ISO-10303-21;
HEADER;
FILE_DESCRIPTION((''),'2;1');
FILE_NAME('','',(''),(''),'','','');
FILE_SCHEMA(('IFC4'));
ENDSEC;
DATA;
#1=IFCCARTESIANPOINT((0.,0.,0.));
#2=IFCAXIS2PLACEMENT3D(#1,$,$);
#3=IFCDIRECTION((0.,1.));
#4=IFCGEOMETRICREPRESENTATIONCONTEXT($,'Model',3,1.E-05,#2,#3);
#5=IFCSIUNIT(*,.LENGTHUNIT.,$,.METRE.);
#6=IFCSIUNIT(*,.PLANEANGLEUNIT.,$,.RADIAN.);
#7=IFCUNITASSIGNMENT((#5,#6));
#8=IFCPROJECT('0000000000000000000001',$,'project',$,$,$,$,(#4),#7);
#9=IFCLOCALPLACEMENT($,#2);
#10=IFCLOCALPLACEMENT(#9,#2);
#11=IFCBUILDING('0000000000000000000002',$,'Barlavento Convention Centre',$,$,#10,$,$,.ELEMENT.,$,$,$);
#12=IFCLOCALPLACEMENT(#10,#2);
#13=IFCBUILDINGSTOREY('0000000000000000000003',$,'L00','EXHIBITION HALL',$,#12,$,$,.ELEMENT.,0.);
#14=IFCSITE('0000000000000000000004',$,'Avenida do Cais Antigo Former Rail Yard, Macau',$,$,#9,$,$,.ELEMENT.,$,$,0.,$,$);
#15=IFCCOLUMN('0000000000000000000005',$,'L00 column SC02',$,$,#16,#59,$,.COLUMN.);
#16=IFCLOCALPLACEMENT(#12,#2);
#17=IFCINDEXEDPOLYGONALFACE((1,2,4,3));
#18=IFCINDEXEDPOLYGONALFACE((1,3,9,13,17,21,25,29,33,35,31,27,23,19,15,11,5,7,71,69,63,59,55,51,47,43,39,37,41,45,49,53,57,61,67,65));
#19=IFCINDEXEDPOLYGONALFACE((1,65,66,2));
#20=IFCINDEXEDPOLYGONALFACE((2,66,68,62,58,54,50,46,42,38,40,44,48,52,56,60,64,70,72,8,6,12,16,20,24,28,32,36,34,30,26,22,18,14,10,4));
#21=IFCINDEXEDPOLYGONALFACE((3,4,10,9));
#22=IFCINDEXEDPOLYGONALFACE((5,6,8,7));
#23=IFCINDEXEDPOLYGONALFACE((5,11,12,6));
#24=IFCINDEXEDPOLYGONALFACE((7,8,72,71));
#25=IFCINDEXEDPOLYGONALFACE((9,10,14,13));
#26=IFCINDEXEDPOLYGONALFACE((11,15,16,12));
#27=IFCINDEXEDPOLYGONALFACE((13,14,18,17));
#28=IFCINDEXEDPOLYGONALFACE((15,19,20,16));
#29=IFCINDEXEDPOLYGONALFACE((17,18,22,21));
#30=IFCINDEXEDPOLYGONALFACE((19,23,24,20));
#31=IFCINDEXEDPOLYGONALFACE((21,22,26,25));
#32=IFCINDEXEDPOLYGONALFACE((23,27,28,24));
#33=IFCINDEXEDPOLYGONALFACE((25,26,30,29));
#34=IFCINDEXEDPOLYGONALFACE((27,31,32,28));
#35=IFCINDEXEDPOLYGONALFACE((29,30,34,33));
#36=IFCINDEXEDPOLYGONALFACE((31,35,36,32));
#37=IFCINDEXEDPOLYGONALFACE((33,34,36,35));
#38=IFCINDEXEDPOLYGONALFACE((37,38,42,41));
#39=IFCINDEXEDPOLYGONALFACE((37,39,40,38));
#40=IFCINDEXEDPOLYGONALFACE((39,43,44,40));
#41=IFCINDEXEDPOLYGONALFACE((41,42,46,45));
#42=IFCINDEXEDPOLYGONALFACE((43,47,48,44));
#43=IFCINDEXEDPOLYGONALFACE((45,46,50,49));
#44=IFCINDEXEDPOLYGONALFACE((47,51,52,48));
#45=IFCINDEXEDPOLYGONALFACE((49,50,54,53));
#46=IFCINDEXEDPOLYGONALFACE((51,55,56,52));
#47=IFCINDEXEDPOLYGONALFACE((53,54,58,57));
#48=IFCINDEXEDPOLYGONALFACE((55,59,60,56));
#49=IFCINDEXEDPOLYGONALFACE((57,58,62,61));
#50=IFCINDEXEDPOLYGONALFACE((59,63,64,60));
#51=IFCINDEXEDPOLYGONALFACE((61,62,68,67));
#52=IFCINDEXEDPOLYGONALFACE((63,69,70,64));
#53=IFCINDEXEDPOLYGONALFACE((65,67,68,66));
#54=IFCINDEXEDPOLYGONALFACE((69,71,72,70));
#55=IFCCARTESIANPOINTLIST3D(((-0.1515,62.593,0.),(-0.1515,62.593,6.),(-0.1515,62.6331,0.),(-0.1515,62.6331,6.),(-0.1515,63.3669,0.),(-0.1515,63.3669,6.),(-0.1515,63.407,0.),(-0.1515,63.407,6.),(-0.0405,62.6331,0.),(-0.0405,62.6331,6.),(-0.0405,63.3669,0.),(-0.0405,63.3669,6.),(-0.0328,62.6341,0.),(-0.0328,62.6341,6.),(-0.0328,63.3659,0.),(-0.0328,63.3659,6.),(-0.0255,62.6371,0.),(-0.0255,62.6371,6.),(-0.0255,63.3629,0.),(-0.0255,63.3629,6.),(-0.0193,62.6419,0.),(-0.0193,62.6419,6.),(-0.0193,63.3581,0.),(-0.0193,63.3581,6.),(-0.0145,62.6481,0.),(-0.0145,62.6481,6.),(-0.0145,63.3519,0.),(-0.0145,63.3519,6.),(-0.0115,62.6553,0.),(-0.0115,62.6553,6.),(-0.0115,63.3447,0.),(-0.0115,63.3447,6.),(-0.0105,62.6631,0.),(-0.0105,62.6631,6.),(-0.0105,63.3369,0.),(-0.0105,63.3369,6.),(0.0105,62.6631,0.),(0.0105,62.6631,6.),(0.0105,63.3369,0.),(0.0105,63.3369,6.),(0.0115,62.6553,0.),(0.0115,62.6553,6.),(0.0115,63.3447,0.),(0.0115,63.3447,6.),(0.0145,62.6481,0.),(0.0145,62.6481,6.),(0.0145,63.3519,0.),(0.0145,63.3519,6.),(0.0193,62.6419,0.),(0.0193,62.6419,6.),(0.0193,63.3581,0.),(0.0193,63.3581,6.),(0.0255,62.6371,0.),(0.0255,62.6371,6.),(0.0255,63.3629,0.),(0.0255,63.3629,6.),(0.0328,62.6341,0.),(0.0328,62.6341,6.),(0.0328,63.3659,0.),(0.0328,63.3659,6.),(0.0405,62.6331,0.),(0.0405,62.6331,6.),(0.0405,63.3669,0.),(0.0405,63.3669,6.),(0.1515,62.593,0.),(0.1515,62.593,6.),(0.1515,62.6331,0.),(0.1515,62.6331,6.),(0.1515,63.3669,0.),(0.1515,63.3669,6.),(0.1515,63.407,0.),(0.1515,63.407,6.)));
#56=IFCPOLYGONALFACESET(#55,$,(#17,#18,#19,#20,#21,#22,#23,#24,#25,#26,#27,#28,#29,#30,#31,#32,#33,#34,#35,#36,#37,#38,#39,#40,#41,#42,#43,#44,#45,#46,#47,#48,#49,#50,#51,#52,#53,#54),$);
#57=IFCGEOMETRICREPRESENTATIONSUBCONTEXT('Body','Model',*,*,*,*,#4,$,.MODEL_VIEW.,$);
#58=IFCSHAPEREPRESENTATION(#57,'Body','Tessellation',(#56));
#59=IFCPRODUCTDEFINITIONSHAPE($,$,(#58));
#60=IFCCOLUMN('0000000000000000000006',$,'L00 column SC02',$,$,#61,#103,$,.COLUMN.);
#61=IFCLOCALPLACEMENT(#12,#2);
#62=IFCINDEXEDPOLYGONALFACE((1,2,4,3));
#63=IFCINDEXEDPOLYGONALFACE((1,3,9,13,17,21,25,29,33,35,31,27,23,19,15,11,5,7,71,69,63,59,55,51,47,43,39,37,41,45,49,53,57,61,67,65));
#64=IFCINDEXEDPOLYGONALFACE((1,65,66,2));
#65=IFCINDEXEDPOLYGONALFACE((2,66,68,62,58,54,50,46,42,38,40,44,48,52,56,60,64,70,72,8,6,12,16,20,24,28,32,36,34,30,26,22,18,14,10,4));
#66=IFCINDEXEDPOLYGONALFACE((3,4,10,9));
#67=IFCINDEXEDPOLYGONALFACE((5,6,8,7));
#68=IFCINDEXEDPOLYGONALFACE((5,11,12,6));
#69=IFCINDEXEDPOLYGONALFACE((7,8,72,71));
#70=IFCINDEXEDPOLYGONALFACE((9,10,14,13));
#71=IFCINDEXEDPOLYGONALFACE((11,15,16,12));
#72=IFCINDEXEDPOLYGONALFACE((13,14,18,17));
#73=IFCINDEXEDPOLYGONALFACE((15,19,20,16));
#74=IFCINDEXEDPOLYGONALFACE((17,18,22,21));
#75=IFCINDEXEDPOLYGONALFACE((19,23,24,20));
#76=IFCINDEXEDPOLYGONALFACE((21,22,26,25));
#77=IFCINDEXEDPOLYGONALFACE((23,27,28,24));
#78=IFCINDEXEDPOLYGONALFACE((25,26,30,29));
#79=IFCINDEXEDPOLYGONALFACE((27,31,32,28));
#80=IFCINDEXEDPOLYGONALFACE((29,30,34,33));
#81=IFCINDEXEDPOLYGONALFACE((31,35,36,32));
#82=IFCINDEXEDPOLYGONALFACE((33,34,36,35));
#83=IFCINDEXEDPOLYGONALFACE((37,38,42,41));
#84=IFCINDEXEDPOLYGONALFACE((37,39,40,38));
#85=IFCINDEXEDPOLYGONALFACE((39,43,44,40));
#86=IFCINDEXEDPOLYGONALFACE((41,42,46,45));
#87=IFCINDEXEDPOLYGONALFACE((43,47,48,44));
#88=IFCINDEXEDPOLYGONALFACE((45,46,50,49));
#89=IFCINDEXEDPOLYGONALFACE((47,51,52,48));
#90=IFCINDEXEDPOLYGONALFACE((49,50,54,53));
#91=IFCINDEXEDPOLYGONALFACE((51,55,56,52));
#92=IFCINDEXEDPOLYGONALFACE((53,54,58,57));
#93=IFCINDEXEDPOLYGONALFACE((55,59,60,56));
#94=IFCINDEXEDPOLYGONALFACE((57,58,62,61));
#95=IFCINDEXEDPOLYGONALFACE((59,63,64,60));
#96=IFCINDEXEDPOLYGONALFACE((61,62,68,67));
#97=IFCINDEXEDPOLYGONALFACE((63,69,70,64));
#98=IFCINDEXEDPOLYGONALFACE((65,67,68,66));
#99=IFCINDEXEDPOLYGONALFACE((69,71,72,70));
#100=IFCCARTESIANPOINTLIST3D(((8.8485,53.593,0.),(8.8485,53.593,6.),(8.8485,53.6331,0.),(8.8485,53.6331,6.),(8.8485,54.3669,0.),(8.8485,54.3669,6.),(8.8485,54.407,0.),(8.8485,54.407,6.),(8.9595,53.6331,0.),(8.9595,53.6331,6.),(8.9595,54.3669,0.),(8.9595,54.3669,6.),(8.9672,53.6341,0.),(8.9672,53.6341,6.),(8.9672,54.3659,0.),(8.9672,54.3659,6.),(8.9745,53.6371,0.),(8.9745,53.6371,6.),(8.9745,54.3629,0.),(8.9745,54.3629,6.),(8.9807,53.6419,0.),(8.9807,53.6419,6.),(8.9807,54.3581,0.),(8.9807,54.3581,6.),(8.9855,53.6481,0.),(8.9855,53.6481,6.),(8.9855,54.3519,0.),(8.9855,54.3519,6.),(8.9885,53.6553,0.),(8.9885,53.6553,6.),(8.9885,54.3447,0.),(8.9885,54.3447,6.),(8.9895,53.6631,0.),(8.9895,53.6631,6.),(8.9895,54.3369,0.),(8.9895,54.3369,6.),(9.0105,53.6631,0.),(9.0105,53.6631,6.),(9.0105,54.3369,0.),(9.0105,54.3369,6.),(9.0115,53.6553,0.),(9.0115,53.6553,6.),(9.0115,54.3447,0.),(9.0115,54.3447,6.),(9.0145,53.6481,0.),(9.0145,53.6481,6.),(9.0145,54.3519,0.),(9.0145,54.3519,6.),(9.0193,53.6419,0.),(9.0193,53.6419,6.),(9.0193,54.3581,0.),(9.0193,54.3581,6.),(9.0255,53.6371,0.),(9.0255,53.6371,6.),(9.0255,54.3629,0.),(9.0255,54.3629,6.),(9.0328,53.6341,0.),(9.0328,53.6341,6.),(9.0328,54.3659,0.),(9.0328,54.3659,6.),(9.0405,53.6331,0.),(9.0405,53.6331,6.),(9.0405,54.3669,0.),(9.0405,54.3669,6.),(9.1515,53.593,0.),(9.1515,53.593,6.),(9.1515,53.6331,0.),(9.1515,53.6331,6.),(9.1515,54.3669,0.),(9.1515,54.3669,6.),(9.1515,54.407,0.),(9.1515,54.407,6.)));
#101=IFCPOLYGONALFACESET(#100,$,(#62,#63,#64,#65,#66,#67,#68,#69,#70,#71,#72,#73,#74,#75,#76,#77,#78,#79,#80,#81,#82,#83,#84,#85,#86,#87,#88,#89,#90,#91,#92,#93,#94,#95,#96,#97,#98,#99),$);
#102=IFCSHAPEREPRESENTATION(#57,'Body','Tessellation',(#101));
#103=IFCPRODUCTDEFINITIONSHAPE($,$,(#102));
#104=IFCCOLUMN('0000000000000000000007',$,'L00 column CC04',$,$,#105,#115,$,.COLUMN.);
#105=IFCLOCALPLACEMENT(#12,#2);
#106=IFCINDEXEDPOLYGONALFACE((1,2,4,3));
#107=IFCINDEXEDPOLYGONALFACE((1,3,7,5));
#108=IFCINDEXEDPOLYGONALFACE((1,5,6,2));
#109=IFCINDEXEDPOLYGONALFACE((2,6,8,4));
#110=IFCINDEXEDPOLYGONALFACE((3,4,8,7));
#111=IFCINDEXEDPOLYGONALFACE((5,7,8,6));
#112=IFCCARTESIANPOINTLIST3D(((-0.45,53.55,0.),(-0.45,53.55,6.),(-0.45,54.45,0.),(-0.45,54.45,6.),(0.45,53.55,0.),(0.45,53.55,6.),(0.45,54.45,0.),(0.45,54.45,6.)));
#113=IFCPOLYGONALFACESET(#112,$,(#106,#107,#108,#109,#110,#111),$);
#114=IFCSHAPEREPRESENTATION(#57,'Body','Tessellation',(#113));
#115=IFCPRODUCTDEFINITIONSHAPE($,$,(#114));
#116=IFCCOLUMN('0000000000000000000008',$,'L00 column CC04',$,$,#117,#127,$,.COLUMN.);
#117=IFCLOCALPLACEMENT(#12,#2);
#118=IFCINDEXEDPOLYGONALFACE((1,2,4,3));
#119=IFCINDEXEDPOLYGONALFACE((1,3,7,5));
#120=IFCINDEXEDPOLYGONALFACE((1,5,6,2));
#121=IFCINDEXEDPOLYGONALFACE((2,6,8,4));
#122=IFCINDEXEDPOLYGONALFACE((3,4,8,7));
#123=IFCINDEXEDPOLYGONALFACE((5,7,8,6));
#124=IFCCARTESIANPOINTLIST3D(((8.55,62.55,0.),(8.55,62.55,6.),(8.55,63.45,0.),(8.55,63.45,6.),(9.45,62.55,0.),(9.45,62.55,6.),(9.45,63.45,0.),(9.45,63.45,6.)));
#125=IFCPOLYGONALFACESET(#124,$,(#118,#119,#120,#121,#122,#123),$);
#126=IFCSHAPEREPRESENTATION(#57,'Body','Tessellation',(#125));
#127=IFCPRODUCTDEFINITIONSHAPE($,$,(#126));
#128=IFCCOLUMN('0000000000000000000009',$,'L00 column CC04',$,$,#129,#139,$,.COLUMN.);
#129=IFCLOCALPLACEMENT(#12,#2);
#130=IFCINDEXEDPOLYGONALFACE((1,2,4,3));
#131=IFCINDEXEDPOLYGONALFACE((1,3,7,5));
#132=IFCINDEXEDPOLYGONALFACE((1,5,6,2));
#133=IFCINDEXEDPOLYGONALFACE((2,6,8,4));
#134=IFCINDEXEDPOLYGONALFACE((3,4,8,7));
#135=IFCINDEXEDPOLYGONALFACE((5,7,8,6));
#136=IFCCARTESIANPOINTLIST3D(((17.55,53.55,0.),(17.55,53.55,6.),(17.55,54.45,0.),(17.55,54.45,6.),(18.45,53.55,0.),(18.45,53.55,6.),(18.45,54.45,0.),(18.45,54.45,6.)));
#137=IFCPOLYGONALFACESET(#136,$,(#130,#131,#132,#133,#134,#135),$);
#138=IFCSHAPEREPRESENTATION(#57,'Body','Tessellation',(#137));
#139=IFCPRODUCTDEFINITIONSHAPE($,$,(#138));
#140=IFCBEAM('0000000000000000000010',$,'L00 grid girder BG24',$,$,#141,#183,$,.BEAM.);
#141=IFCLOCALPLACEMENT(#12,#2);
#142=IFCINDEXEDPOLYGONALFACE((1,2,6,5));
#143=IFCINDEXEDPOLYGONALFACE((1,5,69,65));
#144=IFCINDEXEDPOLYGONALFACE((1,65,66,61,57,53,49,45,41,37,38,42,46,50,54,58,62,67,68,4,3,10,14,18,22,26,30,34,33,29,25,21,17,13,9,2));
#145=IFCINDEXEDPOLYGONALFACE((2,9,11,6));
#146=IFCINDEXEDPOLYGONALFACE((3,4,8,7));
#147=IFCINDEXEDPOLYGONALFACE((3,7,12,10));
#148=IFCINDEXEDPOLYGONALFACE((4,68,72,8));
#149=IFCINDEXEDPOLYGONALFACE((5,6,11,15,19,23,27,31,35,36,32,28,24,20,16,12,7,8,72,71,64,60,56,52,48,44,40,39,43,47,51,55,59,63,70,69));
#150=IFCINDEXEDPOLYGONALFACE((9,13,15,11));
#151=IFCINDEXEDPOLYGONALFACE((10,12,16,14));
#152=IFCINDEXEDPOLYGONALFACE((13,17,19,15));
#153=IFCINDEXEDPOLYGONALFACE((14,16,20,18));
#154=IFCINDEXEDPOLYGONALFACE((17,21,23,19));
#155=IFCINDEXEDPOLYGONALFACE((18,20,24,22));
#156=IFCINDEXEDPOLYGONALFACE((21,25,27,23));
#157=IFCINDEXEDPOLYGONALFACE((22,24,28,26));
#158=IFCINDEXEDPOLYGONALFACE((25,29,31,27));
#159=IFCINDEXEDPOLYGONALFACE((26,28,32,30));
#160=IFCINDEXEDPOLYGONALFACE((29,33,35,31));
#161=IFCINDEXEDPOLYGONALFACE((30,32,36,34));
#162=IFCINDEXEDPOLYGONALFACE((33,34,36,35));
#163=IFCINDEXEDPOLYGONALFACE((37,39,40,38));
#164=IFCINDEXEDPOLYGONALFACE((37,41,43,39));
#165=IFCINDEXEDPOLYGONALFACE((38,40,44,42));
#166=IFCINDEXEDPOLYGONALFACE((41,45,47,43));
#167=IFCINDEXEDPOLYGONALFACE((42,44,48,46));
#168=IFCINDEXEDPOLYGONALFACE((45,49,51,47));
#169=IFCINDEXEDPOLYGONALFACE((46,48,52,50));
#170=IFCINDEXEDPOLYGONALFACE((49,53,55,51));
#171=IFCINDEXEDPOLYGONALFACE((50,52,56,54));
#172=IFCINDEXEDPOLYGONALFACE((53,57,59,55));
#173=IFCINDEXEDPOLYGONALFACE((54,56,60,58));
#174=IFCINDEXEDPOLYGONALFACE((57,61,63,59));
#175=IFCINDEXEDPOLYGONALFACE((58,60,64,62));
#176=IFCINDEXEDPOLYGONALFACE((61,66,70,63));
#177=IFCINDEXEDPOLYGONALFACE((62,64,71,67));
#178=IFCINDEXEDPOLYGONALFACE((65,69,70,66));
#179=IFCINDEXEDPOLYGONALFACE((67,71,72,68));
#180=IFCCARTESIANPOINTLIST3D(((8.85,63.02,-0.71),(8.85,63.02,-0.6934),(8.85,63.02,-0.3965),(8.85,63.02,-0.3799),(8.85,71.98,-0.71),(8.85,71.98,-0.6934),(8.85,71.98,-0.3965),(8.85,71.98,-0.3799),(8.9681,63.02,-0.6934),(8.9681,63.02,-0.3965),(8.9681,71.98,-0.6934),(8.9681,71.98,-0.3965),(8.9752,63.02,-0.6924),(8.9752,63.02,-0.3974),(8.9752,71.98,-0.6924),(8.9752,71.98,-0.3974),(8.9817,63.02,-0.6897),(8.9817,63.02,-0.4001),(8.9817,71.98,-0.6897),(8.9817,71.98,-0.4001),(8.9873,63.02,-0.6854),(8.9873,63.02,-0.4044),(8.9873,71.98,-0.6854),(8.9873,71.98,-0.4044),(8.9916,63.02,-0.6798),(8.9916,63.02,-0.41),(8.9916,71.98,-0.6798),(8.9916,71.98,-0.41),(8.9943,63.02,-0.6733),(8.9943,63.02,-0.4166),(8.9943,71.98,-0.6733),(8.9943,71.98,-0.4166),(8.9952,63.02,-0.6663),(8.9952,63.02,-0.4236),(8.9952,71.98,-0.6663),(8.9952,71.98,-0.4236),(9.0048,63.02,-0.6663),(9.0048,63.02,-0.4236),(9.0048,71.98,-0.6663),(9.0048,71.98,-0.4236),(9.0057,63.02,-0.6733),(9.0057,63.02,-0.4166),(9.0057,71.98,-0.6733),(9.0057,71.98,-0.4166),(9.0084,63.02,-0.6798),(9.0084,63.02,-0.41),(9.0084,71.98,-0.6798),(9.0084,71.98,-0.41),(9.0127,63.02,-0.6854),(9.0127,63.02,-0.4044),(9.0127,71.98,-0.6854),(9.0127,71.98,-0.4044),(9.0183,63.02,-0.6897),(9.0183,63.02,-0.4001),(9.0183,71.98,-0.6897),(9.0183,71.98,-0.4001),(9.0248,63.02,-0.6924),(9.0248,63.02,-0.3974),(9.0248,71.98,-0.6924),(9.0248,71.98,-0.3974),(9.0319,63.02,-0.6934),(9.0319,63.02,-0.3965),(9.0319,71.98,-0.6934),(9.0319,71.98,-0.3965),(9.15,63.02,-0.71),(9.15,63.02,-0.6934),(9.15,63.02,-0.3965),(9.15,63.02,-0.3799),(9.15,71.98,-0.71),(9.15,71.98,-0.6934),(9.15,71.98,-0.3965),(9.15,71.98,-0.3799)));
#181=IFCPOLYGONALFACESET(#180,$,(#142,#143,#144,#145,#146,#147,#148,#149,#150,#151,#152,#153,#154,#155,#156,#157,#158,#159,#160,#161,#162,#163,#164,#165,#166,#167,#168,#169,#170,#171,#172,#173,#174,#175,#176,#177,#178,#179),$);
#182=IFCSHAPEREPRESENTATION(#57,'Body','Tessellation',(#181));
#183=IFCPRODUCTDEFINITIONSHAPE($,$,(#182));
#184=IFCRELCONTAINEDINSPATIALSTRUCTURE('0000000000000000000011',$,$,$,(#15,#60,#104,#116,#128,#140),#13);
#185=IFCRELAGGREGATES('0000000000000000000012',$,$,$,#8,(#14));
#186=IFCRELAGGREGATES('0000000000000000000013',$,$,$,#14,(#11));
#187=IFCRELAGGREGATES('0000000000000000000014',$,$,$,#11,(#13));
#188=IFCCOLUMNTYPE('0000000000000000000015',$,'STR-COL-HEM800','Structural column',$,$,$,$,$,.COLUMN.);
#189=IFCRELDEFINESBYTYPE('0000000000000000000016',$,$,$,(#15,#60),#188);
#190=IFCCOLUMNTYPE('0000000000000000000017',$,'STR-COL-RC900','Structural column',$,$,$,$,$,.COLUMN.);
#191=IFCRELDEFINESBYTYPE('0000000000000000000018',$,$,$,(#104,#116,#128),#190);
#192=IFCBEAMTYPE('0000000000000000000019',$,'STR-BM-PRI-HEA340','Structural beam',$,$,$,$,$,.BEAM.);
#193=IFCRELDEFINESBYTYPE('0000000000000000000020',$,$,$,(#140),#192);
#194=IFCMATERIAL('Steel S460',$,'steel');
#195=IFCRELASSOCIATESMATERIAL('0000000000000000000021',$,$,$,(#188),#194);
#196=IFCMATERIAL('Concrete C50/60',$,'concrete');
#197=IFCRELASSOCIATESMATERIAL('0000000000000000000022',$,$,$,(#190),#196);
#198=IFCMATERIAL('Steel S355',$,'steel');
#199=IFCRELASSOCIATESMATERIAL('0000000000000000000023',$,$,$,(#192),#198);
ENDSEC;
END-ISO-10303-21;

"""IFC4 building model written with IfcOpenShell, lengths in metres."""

from ifc_helpers import new_model, si_unit, direction, frame, origin, origin_2d, place, context, subcontext, project, spatial, rectangle, i_section, extrude, material, material_profile, profile_set, type_object, element, save


model = new_model("IFC4")

# Units and contexts
model_context = context("Model", 3, precision=1e-05, world=origin(), true_north=direction((0.0, 1.0)))
body_context = subcontext(model_context, "Body", "Model", "MODEL_VIEW")
ifc_project = project(units=[si_unit("LENGTHUNIT", "METRE"), si_unit("PLANEANGLEUNIT", "RADIAN")], contexts=[model_context])

# Site, building, storey
site_placement = place(None, origin())
site = spatial("IfcSite", under=ifc_project, at=site_placement, Name="Avenida do Cais Antigo Former Rail Yard, Macau", CompositionType="ELEMENT", RefElevation=0.0)
building_placement = place(site_placement, origin())
building = spatial("IfcBuilding", under=site, at=building_placement, Name="Barlavento Convention Centre", CompositionType="ELEMENT")
storey_placement = place(building_placement, origin())
storey = spatial("IfcBuildingStorey", under=building, at=storey_placement, Name="L00", Description="EXHIBITION HALL", CompositionType="ELEMENT", Elevation=0.0)

# Columns
ifc_material_1 = material(Name="Steel S460", Category="steel")
ifc_material_profile_1 = material_profile(ifc_material_1, i_section(OverallWidth=0.303, OverallDepth=0.814, WebThickness=0.021, FlangeThickness=0.04, FilletRadius=0.03, at=origin_2d()), Name="HEM 800")
ifc_profile_set_1 = profile_set([ifc_material_profile_1], Name="Steel S460")
column_type_1 = type_object("IfcColumnType", Name="STR-COL-HEM800", Description="Structural column", PredefinedType="COLUMN", material=ifc_profile_set_1)
for number, where, z_axis, x_axis, name in (
    (1, (0.0, 63.0, 0.0), (0.0, 0.0, 1.0), (1.0, 0.0, 0.0), "L00 column SC02"),
    (2, (9.0, 54.0, 0.0), (0.0, 0.0, 1.0), (1.0, 0.0, 0.0), "L00 column SC02"),
):
    element("IfcColumn", number, at=place(storey_placement, frame(where, z_axis=z_axis, x_axis=x_axis)), inside=storey, type_object=column_type_1, Name=name, PredefinedType="COLUMN", context=body_context, shape_type="SweptSolid", body=[
        extrude(i_section(OverallWidth=0.303, OverallDepth=0.814, WebThickness=0.021, FlangeThickness=0.04, FilletRadius=0.03, at=origin_2d()), origin(), (0.0, 0.0, 1.0), 6.0),
    ])
ifc_material_2 = material(Name="Concrete C50/60", Category="concrete")
ifc_material_profile_2 = material_profile(ifc_material_2, rectangle(XDim=0.8999, YDim=0.8999, at=origin_2d()), Name="RC 900x900")
ifc_profile_set_2 = profile_set([ifc_material_profile_2], Name="Concrete C50/60")
column_type_2 = type_object("IfcColumnType", Name="STR-COL-RC900", Description="Structural column", PredefinedType="COLUMN", material=ifc_profile_set_2)
for number, where, z_axis, x_axis, name in (
    (3, (0.0, 54.0, 0.0), (0.0, 0.0, 1.0), (1.0, 0.0, 0.0), "L00 column CC04"),
    (4, (9.0, 63.0, 0.0), (0.0, 0.0, 1.0), (1.0, 0.0, 0.0), "L00 column CC04"),
    (5, (18.0, 54.0, 0.0), (0.0, 0.0, 1.0), (1.0, 0.0, 0.0), "L00 column CC04"),
):
    element("IfcColumn", number, at=place(storey_placement, frame(where, z_axis=z_axis, x_axis=x_axis)), inside=storey, type_object=column_type_2, Name=name, PredefinedType="COLUMN", context=body_context, shape_type="SweptSolid", body=[
        extrude(rectangle(XDim=0.8999, YDim=0.8999, at=origin_2d()), origin(), (0.0, 0.0, 1.0), 6.0),
    ])

# Beam
ifc_material_3 = material(Name="Steel S355", Category="steel")
ifc_material_profile_3 = material_profile(ifc_material_3, i_section(OverallWidth=0.3, OverallDepth=0.3301, WebThickness=0.0095, FlangeThickness=0.0166, FilletRadius=0.0271, at=origin_2d()), Name="HEA 340")
ifc_profile_set_3 = profile_set([ifc_material_profile_3], Name="Steel S355")
beam_type_1 = type_object("IfcBeamType", Name="STR-BM-PRI-HEA340", Description="Structural beam", PredefinedType="BEAM", material=ifc_profile_set_3)
beam_1_placement = place(storey_placement, frame((9.0, 63.02, -0.5449), z_axis=(0.0, 1.0, 0.0), x_axis=(-1.0, 0.0, 0.0)))
element("IfcBeam", 6, at=beam_1_placement, inside=storey, type_object=beam_type_1, Name="L00 grid girder BG24", PredefinedType="BEAM", context=body_context, shape_type="SweptSolid", body=[
    extrude(i_section(OverallWidth=0.3, OverallDepth=0.3301, WebThickness=0.0095, FlangeThickness=0.0166, FilletRadius=0.0271, at=origin_2d()), origin(), (0.0, 0.0, 1.0), 8.96),
])

save(model, "model.ifc")
